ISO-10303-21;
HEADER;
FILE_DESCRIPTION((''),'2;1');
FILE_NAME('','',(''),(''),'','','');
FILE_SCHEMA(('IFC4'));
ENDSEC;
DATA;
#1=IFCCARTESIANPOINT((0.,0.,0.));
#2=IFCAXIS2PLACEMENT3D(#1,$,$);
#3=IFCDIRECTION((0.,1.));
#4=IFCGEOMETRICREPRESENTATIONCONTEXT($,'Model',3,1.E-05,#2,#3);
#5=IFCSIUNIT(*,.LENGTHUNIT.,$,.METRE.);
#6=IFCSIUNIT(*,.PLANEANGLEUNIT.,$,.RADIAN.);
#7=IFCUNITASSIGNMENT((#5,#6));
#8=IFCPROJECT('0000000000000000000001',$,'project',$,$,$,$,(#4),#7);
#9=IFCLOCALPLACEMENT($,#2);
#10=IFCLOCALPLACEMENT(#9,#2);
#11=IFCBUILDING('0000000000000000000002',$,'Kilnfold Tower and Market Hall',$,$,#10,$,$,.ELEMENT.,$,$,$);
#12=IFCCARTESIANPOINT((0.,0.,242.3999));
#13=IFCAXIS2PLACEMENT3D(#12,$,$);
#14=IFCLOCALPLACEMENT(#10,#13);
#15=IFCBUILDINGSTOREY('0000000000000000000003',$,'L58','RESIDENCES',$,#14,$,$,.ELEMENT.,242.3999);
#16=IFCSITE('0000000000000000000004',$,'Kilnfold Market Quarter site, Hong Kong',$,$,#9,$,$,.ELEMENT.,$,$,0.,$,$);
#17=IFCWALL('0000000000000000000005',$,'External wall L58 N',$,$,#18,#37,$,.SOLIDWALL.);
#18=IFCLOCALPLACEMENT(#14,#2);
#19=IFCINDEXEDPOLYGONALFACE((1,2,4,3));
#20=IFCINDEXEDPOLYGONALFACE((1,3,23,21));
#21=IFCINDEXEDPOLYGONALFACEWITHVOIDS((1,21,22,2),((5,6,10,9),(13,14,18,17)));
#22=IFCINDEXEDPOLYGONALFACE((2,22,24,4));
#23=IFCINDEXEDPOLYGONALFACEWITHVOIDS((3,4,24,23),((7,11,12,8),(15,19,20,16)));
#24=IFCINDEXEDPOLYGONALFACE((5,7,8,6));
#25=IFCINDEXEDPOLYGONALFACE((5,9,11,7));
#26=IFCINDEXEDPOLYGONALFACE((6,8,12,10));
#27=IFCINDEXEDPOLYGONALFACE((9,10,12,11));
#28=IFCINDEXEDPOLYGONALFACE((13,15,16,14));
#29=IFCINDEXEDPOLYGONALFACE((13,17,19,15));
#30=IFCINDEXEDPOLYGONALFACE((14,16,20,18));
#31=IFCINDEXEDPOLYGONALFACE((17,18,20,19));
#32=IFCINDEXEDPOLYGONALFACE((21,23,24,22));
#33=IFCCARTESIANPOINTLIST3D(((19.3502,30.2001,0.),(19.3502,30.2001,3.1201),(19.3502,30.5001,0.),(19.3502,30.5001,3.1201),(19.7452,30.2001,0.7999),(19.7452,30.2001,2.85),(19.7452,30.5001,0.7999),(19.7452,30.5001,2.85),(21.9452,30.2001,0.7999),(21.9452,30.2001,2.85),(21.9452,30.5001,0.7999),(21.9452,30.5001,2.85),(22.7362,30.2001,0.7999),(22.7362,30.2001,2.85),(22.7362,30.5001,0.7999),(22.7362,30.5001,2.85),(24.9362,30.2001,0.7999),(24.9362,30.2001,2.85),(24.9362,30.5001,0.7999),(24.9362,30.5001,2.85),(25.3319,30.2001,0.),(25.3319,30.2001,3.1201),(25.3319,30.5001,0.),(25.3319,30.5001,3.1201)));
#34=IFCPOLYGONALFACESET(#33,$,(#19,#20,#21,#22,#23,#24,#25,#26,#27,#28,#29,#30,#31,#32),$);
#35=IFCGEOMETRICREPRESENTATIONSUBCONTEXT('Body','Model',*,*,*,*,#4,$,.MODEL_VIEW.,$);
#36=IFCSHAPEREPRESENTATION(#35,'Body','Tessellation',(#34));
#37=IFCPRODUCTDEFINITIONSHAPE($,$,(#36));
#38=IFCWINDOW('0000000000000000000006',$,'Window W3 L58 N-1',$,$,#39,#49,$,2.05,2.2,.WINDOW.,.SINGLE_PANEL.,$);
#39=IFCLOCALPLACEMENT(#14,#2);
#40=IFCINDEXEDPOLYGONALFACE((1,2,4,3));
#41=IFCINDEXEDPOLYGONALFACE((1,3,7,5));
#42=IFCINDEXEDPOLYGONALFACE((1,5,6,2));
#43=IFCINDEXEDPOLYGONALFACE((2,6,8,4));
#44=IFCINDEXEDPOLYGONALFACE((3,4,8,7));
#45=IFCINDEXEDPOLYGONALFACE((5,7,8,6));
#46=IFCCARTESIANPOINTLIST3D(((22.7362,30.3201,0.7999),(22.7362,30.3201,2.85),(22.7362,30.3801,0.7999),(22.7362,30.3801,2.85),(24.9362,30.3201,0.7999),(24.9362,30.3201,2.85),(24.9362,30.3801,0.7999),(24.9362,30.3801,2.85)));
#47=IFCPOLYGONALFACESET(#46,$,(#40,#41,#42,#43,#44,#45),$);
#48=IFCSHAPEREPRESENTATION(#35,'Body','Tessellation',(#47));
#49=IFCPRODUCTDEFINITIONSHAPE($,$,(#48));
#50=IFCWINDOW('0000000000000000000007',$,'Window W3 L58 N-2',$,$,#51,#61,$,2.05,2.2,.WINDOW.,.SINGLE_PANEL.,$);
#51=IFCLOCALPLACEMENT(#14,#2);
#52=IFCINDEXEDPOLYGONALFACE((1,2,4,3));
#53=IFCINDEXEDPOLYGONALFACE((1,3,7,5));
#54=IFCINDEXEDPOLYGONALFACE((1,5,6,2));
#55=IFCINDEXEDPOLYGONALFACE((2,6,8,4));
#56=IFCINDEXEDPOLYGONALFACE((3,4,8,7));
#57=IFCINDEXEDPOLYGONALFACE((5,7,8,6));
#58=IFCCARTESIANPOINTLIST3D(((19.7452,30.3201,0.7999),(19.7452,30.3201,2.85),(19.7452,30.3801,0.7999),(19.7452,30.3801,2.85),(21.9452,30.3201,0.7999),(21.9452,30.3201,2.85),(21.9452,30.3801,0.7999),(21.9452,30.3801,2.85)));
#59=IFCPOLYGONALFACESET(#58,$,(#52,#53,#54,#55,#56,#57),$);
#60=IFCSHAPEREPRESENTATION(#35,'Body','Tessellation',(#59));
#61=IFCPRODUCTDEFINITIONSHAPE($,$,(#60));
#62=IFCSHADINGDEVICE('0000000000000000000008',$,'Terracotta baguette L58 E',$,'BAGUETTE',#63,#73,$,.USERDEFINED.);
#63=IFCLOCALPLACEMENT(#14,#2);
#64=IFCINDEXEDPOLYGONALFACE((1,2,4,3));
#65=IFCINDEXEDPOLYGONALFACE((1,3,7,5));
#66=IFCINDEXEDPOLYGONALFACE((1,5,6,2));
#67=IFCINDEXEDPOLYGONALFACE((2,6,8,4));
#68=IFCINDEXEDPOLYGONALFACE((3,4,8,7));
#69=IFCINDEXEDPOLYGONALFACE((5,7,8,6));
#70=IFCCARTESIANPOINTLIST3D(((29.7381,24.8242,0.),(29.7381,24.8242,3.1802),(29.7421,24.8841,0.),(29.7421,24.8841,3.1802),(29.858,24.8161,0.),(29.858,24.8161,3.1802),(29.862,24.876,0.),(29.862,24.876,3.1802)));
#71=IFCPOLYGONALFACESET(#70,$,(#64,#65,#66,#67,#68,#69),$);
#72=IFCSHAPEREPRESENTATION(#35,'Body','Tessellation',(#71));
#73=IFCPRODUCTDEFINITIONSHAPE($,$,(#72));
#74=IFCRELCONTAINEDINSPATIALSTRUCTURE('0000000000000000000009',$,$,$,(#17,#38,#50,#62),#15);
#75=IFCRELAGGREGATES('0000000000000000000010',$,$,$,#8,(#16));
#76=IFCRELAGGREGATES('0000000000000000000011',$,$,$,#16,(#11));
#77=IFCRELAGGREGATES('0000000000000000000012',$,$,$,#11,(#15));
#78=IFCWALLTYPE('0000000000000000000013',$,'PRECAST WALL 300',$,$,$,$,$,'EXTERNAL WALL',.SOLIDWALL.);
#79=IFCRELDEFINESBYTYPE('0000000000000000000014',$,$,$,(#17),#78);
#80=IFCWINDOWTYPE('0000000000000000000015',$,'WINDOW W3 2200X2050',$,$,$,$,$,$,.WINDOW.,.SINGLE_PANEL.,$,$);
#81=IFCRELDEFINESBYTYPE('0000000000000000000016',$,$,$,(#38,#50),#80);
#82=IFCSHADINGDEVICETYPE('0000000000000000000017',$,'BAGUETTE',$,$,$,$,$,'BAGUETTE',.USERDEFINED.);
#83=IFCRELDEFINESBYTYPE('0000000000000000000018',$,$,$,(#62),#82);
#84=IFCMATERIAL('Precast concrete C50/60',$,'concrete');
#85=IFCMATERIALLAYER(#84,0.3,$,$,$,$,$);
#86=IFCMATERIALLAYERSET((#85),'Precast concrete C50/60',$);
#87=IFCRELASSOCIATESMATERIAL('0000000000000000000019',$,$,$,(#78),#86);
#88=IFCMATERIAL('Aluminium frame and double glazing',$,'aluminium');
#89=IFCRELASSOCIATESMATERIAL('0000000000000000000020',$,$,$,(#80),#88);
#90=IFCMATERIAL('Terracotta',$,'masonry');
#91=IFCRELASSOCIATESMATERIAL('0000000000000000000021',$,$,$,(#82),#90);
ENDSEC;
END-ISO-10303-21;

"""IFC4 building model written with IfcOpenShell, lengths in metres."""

from ifc_helpers import new_model, si_unit, direction, frame, frame_2d, origin, origin_2d, place, context, subcontext, project, spatial, rectangle, extrude, source, transform, mapped, material, layer, layer_set, material_profile, profile_set, type_object, element, fill, save


model = new_model("IFC4")

# Units and contexts
model_context = context("Model", 3, precision=1e-05, world=origin(), true_north=direction((0.0, 1.0)))
body_context = subcontext(model_context, "Body", "Model", "MODEL_VIEW")
ifc_project = project(units=[si_unit("LENGTHUNIT", "METRE"), si_unit("PLANEANGLEUNIT", "RADIAN")], contexts=[model_context])

# Site, building, storey
site_placement = place(None, origin())
site = spatial("IfcSite", under=ifc_project, at=site_placement, Name="Kilnfold Market Quarter site, Hong Kong", CompositionType="ELEMENT", RefElevation=0.0)
building_placement = place(site_placement, origin())
building = spatial("IfcBuilding", under=site, at=building_placement, Name="Kilnfold Tower and Market Hall", CompositionType="ELEMENT")
storey_placement = place(building_placement, frame((0.0, 0.0, 242.3999)))
storey = spatial("IfcBuildingStorey", under=building, at=storey_placement, Name="L58", Description="RESIDENCES", CompositionType="ELEMENT", Elevation=242.3999)

# Shared definitions
ifc_material_1 = material(Name="Precast concrete C50/60", Category="concrete")
ifc_layer_1 = layer(ifc_material_1, 0.3)
ifc_layer_set_1 = layer_set([ifc_layer_1], Name="Precast concrete C50/60")
wall_type_1 = type_object("IfcWallType", Name="PRECAST WALL 300", ElementType="EXTERNAL WALL", PredefinedType="SOLIDWALL", material=ifc_layer_set_1)
ifc_material_2 = material(Name="Aluminium frame and double glazing", Category="aluminium")
window_type_1 = type_object("IfcWindowType", Name="WINDOW W3 2200X2050", PartitioningType="SINGLE_PANEL", PredefinedType="WINDOW", material=ifc_material_2)

# Wall, openings, windows
shared_shape_1 = source(origin(), body_context, "Body", "SweptSolid", [
    extrude(rectangle(XDim=5.9817, YDim=0.3, at=frame_2d((2.9907, 0.0))), origin(), (0.0, 0.0, 1.0), 3.1201),
])
wall_1_placement = place(storey_placement, frame((25.3318, 30.3501, 0.0), z_axis=(0.0, 0.0, 1.0), x_axis=(-1.0, 0.0, 0.0)))
wall_1 = element("IfcWall", 1, at=wall_1_placement, inside=storey, type_object=wall_type_1, Name="External wall L58 N", PredefinedType="SOLIDWALL", context=body_context, shape_type="MappedRepresentation", body=[
    mapped(shared_shape_1, transform((0.0, 0.0, 0.0))),
])
opening_1_placement = place(wall_1_placement, frame((0.3955, 0.0, 0.8)))
opening_1 = element("IfcOpeningElement", 2, at=opening_1_placement, cuts=wall_1, PredefinedType="OPENING", context=body_context, shape_type="SweptSolid", body=[
    extrude(rectangle(XDim=2.2, YDim=2.05, at=frame_2d((1.1001, 1.0249))), frame((0.0, 0.1602, 0.0), z_axis=(0.0, -1.0, 0.0), x_axis=(1.0, 0.0, 0.0)), (0.0, 0.0, 1.0), 0.3201),
])
opening_2_placement = place(wall_1_placement, frame((3.3865, 0.0, 0.8)))
opening_2 = element("IfcOpeningElement", 3, at=opening_2_placement, cuts=wall_1, PredefinedType="OPENING", context=body_context, shape_type="SweptSolid", body=[
    extrude(rectangle(XDim=2.2, YDim=2.05, at=frame_2d((1.1001, 1.0249))), frame((0.0, 0.1602, 0.0), z_axis=(0.0, -1.0, 0.0), x_axis=(1.0, 0.0, 0.0)), (0.0, 0.0, 1.0), 0.3201),
])
window_1_placement = place(opening_1_placement, origin())
window_1 = element("IfcWindow", 4, at=window_1_placement, inside=storey, type_object=window_type_1, Name="Window W3 L58 N-1", OverallHeight=2.05, OverallWidth=2.2, PartitioningType="SINGLE_PANEL", PredefinedType="WINDOW", context=body_context, shape_type="SweptSolid", body=[
    extrude(rectangle(XDim=2.2, YDim=2.05, at=frame_2d((1.1001, 1.0249))), frame((0.0, 0.03, 0.0), z_axis=(0.0, -1.0, 0.0), x_axis=(1.0, 0.0, 0.0)), (0.0, 0.0, 1.0), 0.0601),
])
fill(opening_1, window_1)
window_2_placement = place(opening_2_placement, origin())
window_2 = element("IfcWindow", 5, at=window_2_placement, inside=storey, type_object=window_type_1, Name="Window W3 L58 N-2", OverallHeight=2.05, OverallWidth=2.2, PartitioningType="SINGLE_PANEL", PredefinedType="WINDOW", context=body_context, shape_type="SweptSolid", body=[
    extrude(rectangle(XDim=2.2, YDim=2.05, at=frame_2d((1.1001, 1.0249))), frame((0.0, 0.03, 0.0), z_axis=(0.0, -1.0, 0.0), x_axis=(1.0, 0.0, 0.0)), (0.0, 0.0, 1.0), 0.0601),
])
fill(opening_2, window_2)

# Shading device
ifc_material_3 = material(Name="Terracotta", Category="masonry")
ifc_material_profile_1 = material_profile(ifc_material_3, rectangle(XDim=0.0601, YDim=0.1201, at=origin_2d()), Name="BAG 60x120")
ifc_profile_set_1 = profile_set([ifc_material_profile_1], Name="Terracotta")
shading_device_type = type_object("IfcShadingDeviceType", Name="BAGUETTE", ElementType="BAGUETTE", PredefinedType="USERDEFINED", material=ifc_profile_set_1)
shared_shape_2 = source(origin(), body_context, "Body", "SweptSolid", [
    extrude(rectangle(XDim=0.0601, YDim=0.1201, at=origin_2d()), origin(), (0.0, 0.0, 1.0), 3.1802),
])
shading_device_placement = place(storey_placement, frame((29.8, 24.8501, 0.0), z_axis=(0.0, 0.0, 1.0), x_axis=(0.0672, 0.99774, 0.0)))
element("IfcShadingDevice", 6, at=shading_device_placement, inside=storey, type_object=shading_device_type, Name="Terracotta baguette L58 E", ObjectType="BAGUETTE", PredefinedType="USERDEFINED", context=body_context, shape_type="MappedRepresentation", body=[
    mapped(shared_shape_2, transform((0.0, 0.0, 0.0))),
])

save(model, "model.ifc")
